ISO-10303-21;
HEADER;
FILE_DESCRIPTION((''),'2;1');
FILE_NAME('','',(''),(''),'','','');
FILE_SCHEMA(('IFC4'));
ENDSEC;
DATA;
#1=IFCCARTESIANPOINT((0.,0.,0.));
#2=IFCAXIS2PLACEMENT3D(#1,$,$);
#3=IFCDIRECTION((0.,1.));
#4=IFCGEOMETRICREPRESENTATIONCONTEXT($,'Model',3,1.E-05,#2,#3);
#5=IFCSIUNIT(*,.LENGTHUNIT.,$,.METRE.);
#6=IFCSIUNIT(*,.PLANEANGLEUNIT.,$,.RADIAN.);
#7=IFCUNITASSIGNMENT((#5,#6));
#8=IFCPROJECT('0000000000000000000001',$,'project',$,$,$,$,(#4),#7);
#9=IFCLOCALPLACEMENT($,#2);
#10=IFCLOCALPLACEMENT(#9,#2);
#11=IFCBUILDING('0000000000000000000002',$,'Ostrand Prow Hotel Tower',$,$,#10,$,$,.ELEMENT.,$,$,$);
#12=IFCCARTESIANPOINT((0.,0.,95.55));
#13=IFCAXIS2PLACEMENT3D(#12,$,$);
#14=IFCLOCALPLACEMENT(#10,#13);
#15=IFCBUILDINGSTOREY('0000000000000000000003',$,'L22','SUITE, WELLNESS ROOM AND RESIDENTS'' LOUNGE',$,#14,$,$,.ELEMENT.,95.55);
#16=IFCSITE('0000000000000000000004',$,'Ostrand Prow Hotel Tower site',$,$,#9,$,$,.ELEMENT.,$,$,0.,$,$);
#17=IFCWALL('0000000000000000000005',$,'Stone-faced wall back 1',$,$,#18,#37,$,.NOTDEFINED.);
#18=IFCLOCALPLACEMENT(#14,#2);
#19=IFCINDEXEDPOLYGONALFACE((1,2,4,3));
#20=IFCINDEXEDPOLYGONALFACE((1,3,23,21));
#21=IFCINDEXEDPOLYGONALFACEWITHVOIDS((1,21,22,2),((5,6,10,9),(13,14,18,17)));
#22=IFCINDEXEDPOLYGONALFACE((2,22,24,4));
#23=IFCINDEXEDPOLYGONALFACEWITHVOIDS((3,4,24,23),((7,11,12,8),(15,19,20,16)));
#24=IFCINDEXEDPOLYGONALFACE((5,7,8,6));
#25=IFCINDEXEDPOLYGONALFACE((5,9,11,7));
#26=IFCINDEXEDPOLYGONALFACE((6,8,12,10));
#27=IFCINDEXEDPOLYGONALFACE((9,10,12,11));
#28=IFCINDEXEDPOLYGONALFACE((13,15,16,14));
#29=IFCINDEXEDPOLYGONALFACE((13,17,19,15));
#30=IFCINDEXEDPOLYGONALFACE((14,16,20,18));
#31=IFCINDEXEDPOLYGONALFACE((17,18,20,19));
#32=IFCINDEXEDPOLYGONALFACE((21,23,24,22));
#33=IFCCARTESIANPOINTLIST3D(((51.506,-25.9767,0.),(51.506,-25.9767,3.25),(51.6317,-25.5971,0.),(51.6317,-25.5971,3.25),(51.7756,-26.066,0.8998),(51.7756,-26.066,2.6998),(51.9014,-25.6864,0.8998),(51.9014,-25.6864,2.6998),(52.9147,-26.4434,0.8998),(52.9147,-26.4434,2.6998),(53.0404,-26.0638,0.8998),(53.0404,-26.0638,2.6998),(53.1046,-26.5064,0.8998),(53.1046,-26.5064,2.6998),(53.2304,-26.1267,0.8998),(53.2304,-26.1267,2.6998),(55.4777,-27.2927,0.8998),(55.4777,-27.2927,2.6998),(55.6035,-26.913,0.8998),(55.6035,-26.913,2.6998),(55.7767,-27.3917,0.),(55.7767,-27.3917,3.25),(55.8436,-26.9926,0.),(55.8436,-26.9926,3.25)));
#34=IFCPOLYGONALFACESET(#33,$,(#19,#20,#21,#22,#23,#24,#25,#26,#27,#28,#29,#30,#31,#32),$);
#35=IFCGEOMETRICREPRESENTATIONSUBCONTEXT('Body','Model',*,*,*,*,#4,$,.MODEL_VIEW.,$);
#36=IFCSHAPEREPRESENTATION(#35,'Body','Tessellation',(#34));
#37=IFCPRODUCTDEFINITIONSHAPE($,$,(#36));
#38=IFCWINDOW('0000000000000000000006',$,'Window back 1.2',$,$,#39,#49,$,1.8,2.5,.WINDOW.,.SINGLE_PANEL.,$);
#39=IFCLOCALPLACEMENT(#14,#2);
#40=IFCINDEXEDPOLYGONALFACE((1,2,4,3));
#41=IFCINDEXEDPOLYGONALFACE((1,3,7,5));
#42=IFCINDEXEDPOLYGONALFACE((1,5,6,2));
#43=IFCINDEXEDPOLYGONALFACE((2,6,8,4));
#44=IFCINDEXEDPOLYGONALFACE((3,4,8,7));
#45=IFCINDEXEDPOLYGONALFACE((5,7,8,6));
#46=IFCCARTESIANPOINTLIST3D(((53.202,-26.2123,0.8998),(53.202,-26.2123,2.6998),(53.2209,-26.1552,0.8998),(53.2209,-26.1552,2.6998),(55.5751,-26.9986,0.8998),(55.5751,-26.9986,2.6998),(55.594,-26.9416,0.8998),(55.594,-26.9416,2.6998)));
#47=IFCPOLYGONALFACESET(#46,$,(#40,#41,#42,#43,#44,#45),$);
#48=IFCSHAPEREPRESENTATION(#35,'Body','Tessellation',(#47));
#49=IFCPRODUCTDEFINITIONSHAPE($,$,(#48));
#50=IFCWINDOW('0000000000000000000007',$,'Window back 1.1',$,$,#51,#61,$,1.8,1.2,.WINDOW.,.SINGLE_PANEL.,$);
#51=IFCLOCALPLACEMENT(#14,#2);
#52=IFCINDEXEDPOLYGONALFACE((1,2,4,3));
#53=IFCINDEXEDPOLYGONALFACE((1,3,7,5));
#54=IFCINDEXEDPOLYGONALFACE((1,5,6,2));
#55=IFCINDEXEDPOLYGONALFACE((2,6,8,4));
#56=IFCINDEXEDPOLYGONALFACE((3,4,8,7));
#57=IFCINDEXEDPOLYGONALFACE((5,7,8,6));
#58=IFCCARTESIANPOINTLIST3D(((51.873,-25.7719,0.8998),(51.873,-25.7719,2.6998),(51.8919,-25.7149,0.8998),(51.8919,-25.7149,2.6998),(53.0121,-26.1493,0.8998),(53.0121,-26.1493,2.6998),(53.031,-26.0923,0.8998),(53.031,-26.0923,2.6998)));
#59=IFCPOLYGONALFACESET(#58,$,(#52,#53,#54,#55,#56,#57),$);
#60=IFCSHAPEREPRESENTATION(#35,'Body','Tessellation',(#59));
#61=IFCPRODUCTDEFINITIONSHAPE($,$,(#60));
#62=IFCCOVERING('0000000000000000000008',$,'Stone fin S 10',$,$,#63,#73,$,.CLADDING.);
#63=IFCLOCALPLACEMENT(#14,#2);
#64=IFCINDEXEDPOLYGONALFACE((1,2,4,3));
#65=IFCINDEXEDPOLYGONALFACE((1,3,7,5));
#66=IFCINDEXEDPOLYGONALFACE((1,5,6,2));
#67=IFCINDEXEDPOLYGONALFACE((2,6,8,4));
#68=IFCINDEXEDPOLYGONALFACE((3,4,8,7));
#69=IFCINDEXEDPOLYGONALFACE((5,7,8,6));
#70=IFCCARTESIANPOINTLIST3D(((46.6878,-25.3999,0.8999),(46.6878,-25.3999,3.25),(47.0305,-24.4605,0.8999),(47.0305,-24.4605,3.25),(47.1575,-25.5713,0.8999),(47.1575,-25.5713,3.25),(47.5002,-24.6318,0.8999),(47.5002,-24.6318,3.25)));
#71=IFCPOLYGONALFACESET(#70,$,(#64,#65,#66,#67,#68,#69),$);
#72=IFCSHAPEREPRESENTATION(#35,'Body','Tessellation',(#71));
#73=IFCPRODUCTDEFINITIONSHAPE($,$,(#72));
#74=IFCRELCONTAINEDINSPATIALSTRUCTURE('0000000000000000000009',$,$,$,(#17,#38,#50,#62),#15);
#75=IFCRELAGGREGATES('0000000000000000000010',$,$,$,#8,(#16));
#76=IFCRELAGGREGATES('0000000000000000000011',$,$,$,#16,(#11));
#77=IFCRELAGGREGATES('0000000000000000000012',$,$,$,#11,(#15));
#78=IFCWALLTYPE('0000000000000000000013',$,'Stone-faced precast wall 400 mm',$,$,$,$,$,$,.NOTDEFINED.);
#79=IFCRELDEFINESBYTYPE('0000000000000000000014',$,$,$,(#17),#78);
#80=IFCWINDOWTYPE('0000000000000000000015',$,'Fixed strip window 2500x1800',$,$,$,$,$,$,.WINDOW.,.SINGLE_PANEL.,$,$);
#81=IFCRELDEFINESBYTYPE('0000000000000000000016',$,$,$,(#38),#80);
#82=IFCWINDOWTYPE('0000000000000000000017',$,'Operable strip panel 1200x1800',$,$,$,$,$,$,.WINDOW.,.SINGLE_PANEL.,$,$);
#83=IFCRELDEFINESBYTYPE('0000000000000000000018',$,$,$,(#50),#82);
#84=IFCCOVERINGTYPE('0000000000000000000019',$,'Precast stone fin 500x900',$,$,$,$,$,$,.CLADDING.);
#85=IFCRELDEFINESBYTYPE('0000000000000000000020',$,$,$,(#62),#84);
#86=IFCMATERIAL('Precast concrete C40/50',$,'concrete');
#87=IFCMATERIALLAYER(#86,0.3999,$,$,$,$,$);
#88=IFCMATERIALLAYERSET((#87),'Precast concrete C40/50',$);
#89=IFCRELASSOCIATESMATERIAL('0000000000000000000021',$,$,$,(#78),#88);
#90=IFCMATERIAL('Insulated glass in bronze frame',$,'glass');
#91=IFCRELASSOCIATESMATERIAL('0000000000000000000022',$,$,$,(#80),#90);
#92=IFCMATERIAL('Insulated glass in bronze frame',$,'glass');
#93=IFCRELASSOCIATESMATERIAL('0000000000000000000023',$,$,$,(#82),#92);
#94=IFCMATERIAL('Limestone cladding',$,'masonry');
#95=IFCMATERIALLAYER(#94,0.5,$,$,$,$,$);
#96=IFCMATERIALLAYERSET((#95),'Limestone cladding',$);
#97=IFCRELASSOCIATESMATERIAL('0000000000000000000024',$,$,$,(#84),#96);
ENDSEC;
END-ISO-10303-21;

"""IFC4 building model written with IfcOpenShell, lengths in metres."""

from ifc_helpers import new_model, si_unit, direction, frame, frame_2d, origin, place, context, subcontext, project, spatial, polyline, rectangle, outline, extrude, material, layer, layer_set, type_object, element, fill, save


model = new_model("IFC4")

# Units and contexts
model_context = context("Model", 3, precision=1e-05, world=origin(), true_north=direction((0.0, 1.0)))
body_context = subcontext(model_context, "Body", "Model", "MODEL_VIEW")
ifc_project = project(units=[si_unit("LENGTHUNIT", "METRE"), si_unit("PLANEANGLEUNIT", "RADIAN")], contexts=[model_context])

# Site, building, storey
site_placement = place(None, origin())
site = spatial("IfcSite", under=ifc_project, at=site_placement, Name="Ostrand Prow Hotel Tower site", CompositionType="ELEMENT", RefElevation=0.0)
building_placement = place(site_placement, origin())
building = spatial("IfcBuilding", under=site, at=building_placement, Name="Ostrand Prow Hotel Tower", CompositionType="ELEMENT")
storey_placement = place(building_placement, frame((0.0, 0.0, 95.55)))
storey = spatial("IfcBuildingStorey", under=building, at=storey_placement, Name="L22", Description="SUITE, WELLNESS ROOM AND RESIDENTS' LOUNGE", CompositionType="ELEMENT", Elevation=95.55)

# Wall, openings, windows
ifc_material_1 = material(Name="Precast concrete C40/50", Category="concrete")
ifc_layer_1 = layer(ifc_material_1, 0.3999)
ifc_layer_set_1 = layer_set([ifc_layer_1], Name="Precast concrete C40/50")
wall_type_1 = type_object("IfcWallType", Name="Stone-faced precast wall 400 mm", PredefinedType="NOTDEFINED", material=ifc_layer_set_1)
wall_1_placement = place(storey_placement, frame((51.5688, -25.7869, 0.0), z_axis=(0.0, 0.0, 1.0), x_axis=(0.94925, -0.314522, 0.0)))
wall_1 = element("IfcWall", 1, at=wall_1_placement, inside=storey, type_object=wall_type_1, Name="Stone-faced wall back 1", PredefinedType="NOTDEFINED", context=body_context, shape_type="SweptSolid", body=[
    extrude(outline(polyline([(0.0, -0.2), (4.499, -0.2), (4.437, 0.2), (0.0, 0.2), (0.0, -0.2)])), origin(), (0.0, 0.0, 1.0), 3.25),
])
opening_1_placement = place(wall_1_placement, frame((0.2839, 0.0, 0.8999)))
opening_1 = element("IfcOpeningElement", 2, at=opening_1_placement, cuts=wall_1, PredefinedType="OPENING", context=body_context, shape_type="SweptSolid", body=[
    extrude(rectangle(XDim=1.2, YDim=1.8, at=frame_2d((0.6001, 0.8999))), frame((0.0, 0.21, 0.0), z_axis=(0.0, -1.0, 0.0), x_axis=(1.0, 0.0, 0.0)), (0.0, 0.0, 1.0), 0.4199),
])
opening_2_placement = place(wall_1_placement, frame((1.6841, 0.0, 0.8999)))
opening_2 = element("IfcOpeningElement", 3, at=opening_2_placement, cuts=wall_1, PredefinedType="OPENING", context=body_context, shape_type="SweptSolid", body=[
    extrude(rectangle(XDim=2.5, YDim=1.8, at=frame_2d((1.25, 0.8999))), frame((0.0, 0.21, 0.0), z_axis=(0.0, -1.0, 0.0), x_axis=(1.0, 0.0, 0.0)), (0.0, 0.0, 1.0), 0.4199),
])
ifc_material_2 = material(Name="Insulated glass in bronze frame", Category="glass")
window_type_1 = type_object("IfcWindowType", Name="Fixed strip window 2500x1800", PartitioningType="SINGLE_PANEL", PredefinedType="WINDOW", material=ifc_material_2)
window_1_placement = place(opening_2_placement, origin())
window_1 = element("IfcWindow", 4, at=window_1_placement, inside=storey, type_object=window_type_1, Name="Window back 1.2", OverallHeight=1.8, OverallWidth=2.5, PartitioningType="SINGLE_PANEL", PredefinedType="WINDOW", context=body_context, shape_type="SweptSolid", body=[
    extrude(rectangle(XDim=2.5, YDim=1.8, at=frame_2d((1.25, 0.8999))), frame((0.0, 0.1699, 0.0), z_axis=(0.0, -1.0, 0.0), x_axis=(1.0, 0.0, 0.0)), (0.0, 0.0, 1.0), 0.0601),
])
fill(opening_2, window_1)
ifc_material_3 = material(Name="Insulated glass in bronze frame", Category="glass")
window_type_2 = type_object("IfcWindowType", Name="Operable strip panel 1200x1800", PartitioningType="SINGLE_PANEL", PredefinedType="WINDOW", material=ifc_material_3)
window_2_placement = place(opening_1_placement, origin())
window_2 = element("IfcWindow", 5, at=window_2_placement, inside=storey, type_object=window_type_2, Name="Window back 1.1", OverallHeight=1.8, OverallWidth=1.2, PartitioningType="SINGLE_PANEL", PredefinedType="WINDOW", context=body_context, shape_type="SweptSolid", body=[
    extrude(rectangle(XDim=1.2, YDim=1.8, at=frame_2d((0.6001, 0.8999))), frame((0.0, 0.1699, 0.0), z_axis=(0.0, -1.0, 0.0), x_axis=(1.0, 0.0, 0.0)), (0.0, 0.0, 1.0), 0.0601),
])
fill(opening_1, window_2)

# Covering
ifc_material_4 = material(Name="Limestone cladding", Category="masonry")
ifc_layer_2 = layer(ifc_material_4, 0.5)
ifc_layer_set_2 = layer_set([ifc_layer_2], Name="Limestone cladding")
covering_type = type_object("IfcCoveringType", Name="Precast stone fin 500x900", PredefinedType="CLADDING", material=ifc_layer_set_2)
covering_placement = place(storey_placement, frame((47.2654, -24.5461, 0.8999), z_axis=(0.0, 0.0, 1.0), x_axis=(-0.342762, -0.939422, 0.0)))
element("IfcCovering", 6, at=covering_placement, inside=storey, type_object=covering_type, Name="Stone fin S 10", PredefinedType="CLADDING", context=body_context, shape_type="SweptSolid", body=[
    extrude(rectangle(XDim=1.0, YDim=0.5, at=frame_2d((0.5, 0.0))), origin(), (0.0, 0.0, 1.0), 2.3501),
])

save(model, "model.ifc")
